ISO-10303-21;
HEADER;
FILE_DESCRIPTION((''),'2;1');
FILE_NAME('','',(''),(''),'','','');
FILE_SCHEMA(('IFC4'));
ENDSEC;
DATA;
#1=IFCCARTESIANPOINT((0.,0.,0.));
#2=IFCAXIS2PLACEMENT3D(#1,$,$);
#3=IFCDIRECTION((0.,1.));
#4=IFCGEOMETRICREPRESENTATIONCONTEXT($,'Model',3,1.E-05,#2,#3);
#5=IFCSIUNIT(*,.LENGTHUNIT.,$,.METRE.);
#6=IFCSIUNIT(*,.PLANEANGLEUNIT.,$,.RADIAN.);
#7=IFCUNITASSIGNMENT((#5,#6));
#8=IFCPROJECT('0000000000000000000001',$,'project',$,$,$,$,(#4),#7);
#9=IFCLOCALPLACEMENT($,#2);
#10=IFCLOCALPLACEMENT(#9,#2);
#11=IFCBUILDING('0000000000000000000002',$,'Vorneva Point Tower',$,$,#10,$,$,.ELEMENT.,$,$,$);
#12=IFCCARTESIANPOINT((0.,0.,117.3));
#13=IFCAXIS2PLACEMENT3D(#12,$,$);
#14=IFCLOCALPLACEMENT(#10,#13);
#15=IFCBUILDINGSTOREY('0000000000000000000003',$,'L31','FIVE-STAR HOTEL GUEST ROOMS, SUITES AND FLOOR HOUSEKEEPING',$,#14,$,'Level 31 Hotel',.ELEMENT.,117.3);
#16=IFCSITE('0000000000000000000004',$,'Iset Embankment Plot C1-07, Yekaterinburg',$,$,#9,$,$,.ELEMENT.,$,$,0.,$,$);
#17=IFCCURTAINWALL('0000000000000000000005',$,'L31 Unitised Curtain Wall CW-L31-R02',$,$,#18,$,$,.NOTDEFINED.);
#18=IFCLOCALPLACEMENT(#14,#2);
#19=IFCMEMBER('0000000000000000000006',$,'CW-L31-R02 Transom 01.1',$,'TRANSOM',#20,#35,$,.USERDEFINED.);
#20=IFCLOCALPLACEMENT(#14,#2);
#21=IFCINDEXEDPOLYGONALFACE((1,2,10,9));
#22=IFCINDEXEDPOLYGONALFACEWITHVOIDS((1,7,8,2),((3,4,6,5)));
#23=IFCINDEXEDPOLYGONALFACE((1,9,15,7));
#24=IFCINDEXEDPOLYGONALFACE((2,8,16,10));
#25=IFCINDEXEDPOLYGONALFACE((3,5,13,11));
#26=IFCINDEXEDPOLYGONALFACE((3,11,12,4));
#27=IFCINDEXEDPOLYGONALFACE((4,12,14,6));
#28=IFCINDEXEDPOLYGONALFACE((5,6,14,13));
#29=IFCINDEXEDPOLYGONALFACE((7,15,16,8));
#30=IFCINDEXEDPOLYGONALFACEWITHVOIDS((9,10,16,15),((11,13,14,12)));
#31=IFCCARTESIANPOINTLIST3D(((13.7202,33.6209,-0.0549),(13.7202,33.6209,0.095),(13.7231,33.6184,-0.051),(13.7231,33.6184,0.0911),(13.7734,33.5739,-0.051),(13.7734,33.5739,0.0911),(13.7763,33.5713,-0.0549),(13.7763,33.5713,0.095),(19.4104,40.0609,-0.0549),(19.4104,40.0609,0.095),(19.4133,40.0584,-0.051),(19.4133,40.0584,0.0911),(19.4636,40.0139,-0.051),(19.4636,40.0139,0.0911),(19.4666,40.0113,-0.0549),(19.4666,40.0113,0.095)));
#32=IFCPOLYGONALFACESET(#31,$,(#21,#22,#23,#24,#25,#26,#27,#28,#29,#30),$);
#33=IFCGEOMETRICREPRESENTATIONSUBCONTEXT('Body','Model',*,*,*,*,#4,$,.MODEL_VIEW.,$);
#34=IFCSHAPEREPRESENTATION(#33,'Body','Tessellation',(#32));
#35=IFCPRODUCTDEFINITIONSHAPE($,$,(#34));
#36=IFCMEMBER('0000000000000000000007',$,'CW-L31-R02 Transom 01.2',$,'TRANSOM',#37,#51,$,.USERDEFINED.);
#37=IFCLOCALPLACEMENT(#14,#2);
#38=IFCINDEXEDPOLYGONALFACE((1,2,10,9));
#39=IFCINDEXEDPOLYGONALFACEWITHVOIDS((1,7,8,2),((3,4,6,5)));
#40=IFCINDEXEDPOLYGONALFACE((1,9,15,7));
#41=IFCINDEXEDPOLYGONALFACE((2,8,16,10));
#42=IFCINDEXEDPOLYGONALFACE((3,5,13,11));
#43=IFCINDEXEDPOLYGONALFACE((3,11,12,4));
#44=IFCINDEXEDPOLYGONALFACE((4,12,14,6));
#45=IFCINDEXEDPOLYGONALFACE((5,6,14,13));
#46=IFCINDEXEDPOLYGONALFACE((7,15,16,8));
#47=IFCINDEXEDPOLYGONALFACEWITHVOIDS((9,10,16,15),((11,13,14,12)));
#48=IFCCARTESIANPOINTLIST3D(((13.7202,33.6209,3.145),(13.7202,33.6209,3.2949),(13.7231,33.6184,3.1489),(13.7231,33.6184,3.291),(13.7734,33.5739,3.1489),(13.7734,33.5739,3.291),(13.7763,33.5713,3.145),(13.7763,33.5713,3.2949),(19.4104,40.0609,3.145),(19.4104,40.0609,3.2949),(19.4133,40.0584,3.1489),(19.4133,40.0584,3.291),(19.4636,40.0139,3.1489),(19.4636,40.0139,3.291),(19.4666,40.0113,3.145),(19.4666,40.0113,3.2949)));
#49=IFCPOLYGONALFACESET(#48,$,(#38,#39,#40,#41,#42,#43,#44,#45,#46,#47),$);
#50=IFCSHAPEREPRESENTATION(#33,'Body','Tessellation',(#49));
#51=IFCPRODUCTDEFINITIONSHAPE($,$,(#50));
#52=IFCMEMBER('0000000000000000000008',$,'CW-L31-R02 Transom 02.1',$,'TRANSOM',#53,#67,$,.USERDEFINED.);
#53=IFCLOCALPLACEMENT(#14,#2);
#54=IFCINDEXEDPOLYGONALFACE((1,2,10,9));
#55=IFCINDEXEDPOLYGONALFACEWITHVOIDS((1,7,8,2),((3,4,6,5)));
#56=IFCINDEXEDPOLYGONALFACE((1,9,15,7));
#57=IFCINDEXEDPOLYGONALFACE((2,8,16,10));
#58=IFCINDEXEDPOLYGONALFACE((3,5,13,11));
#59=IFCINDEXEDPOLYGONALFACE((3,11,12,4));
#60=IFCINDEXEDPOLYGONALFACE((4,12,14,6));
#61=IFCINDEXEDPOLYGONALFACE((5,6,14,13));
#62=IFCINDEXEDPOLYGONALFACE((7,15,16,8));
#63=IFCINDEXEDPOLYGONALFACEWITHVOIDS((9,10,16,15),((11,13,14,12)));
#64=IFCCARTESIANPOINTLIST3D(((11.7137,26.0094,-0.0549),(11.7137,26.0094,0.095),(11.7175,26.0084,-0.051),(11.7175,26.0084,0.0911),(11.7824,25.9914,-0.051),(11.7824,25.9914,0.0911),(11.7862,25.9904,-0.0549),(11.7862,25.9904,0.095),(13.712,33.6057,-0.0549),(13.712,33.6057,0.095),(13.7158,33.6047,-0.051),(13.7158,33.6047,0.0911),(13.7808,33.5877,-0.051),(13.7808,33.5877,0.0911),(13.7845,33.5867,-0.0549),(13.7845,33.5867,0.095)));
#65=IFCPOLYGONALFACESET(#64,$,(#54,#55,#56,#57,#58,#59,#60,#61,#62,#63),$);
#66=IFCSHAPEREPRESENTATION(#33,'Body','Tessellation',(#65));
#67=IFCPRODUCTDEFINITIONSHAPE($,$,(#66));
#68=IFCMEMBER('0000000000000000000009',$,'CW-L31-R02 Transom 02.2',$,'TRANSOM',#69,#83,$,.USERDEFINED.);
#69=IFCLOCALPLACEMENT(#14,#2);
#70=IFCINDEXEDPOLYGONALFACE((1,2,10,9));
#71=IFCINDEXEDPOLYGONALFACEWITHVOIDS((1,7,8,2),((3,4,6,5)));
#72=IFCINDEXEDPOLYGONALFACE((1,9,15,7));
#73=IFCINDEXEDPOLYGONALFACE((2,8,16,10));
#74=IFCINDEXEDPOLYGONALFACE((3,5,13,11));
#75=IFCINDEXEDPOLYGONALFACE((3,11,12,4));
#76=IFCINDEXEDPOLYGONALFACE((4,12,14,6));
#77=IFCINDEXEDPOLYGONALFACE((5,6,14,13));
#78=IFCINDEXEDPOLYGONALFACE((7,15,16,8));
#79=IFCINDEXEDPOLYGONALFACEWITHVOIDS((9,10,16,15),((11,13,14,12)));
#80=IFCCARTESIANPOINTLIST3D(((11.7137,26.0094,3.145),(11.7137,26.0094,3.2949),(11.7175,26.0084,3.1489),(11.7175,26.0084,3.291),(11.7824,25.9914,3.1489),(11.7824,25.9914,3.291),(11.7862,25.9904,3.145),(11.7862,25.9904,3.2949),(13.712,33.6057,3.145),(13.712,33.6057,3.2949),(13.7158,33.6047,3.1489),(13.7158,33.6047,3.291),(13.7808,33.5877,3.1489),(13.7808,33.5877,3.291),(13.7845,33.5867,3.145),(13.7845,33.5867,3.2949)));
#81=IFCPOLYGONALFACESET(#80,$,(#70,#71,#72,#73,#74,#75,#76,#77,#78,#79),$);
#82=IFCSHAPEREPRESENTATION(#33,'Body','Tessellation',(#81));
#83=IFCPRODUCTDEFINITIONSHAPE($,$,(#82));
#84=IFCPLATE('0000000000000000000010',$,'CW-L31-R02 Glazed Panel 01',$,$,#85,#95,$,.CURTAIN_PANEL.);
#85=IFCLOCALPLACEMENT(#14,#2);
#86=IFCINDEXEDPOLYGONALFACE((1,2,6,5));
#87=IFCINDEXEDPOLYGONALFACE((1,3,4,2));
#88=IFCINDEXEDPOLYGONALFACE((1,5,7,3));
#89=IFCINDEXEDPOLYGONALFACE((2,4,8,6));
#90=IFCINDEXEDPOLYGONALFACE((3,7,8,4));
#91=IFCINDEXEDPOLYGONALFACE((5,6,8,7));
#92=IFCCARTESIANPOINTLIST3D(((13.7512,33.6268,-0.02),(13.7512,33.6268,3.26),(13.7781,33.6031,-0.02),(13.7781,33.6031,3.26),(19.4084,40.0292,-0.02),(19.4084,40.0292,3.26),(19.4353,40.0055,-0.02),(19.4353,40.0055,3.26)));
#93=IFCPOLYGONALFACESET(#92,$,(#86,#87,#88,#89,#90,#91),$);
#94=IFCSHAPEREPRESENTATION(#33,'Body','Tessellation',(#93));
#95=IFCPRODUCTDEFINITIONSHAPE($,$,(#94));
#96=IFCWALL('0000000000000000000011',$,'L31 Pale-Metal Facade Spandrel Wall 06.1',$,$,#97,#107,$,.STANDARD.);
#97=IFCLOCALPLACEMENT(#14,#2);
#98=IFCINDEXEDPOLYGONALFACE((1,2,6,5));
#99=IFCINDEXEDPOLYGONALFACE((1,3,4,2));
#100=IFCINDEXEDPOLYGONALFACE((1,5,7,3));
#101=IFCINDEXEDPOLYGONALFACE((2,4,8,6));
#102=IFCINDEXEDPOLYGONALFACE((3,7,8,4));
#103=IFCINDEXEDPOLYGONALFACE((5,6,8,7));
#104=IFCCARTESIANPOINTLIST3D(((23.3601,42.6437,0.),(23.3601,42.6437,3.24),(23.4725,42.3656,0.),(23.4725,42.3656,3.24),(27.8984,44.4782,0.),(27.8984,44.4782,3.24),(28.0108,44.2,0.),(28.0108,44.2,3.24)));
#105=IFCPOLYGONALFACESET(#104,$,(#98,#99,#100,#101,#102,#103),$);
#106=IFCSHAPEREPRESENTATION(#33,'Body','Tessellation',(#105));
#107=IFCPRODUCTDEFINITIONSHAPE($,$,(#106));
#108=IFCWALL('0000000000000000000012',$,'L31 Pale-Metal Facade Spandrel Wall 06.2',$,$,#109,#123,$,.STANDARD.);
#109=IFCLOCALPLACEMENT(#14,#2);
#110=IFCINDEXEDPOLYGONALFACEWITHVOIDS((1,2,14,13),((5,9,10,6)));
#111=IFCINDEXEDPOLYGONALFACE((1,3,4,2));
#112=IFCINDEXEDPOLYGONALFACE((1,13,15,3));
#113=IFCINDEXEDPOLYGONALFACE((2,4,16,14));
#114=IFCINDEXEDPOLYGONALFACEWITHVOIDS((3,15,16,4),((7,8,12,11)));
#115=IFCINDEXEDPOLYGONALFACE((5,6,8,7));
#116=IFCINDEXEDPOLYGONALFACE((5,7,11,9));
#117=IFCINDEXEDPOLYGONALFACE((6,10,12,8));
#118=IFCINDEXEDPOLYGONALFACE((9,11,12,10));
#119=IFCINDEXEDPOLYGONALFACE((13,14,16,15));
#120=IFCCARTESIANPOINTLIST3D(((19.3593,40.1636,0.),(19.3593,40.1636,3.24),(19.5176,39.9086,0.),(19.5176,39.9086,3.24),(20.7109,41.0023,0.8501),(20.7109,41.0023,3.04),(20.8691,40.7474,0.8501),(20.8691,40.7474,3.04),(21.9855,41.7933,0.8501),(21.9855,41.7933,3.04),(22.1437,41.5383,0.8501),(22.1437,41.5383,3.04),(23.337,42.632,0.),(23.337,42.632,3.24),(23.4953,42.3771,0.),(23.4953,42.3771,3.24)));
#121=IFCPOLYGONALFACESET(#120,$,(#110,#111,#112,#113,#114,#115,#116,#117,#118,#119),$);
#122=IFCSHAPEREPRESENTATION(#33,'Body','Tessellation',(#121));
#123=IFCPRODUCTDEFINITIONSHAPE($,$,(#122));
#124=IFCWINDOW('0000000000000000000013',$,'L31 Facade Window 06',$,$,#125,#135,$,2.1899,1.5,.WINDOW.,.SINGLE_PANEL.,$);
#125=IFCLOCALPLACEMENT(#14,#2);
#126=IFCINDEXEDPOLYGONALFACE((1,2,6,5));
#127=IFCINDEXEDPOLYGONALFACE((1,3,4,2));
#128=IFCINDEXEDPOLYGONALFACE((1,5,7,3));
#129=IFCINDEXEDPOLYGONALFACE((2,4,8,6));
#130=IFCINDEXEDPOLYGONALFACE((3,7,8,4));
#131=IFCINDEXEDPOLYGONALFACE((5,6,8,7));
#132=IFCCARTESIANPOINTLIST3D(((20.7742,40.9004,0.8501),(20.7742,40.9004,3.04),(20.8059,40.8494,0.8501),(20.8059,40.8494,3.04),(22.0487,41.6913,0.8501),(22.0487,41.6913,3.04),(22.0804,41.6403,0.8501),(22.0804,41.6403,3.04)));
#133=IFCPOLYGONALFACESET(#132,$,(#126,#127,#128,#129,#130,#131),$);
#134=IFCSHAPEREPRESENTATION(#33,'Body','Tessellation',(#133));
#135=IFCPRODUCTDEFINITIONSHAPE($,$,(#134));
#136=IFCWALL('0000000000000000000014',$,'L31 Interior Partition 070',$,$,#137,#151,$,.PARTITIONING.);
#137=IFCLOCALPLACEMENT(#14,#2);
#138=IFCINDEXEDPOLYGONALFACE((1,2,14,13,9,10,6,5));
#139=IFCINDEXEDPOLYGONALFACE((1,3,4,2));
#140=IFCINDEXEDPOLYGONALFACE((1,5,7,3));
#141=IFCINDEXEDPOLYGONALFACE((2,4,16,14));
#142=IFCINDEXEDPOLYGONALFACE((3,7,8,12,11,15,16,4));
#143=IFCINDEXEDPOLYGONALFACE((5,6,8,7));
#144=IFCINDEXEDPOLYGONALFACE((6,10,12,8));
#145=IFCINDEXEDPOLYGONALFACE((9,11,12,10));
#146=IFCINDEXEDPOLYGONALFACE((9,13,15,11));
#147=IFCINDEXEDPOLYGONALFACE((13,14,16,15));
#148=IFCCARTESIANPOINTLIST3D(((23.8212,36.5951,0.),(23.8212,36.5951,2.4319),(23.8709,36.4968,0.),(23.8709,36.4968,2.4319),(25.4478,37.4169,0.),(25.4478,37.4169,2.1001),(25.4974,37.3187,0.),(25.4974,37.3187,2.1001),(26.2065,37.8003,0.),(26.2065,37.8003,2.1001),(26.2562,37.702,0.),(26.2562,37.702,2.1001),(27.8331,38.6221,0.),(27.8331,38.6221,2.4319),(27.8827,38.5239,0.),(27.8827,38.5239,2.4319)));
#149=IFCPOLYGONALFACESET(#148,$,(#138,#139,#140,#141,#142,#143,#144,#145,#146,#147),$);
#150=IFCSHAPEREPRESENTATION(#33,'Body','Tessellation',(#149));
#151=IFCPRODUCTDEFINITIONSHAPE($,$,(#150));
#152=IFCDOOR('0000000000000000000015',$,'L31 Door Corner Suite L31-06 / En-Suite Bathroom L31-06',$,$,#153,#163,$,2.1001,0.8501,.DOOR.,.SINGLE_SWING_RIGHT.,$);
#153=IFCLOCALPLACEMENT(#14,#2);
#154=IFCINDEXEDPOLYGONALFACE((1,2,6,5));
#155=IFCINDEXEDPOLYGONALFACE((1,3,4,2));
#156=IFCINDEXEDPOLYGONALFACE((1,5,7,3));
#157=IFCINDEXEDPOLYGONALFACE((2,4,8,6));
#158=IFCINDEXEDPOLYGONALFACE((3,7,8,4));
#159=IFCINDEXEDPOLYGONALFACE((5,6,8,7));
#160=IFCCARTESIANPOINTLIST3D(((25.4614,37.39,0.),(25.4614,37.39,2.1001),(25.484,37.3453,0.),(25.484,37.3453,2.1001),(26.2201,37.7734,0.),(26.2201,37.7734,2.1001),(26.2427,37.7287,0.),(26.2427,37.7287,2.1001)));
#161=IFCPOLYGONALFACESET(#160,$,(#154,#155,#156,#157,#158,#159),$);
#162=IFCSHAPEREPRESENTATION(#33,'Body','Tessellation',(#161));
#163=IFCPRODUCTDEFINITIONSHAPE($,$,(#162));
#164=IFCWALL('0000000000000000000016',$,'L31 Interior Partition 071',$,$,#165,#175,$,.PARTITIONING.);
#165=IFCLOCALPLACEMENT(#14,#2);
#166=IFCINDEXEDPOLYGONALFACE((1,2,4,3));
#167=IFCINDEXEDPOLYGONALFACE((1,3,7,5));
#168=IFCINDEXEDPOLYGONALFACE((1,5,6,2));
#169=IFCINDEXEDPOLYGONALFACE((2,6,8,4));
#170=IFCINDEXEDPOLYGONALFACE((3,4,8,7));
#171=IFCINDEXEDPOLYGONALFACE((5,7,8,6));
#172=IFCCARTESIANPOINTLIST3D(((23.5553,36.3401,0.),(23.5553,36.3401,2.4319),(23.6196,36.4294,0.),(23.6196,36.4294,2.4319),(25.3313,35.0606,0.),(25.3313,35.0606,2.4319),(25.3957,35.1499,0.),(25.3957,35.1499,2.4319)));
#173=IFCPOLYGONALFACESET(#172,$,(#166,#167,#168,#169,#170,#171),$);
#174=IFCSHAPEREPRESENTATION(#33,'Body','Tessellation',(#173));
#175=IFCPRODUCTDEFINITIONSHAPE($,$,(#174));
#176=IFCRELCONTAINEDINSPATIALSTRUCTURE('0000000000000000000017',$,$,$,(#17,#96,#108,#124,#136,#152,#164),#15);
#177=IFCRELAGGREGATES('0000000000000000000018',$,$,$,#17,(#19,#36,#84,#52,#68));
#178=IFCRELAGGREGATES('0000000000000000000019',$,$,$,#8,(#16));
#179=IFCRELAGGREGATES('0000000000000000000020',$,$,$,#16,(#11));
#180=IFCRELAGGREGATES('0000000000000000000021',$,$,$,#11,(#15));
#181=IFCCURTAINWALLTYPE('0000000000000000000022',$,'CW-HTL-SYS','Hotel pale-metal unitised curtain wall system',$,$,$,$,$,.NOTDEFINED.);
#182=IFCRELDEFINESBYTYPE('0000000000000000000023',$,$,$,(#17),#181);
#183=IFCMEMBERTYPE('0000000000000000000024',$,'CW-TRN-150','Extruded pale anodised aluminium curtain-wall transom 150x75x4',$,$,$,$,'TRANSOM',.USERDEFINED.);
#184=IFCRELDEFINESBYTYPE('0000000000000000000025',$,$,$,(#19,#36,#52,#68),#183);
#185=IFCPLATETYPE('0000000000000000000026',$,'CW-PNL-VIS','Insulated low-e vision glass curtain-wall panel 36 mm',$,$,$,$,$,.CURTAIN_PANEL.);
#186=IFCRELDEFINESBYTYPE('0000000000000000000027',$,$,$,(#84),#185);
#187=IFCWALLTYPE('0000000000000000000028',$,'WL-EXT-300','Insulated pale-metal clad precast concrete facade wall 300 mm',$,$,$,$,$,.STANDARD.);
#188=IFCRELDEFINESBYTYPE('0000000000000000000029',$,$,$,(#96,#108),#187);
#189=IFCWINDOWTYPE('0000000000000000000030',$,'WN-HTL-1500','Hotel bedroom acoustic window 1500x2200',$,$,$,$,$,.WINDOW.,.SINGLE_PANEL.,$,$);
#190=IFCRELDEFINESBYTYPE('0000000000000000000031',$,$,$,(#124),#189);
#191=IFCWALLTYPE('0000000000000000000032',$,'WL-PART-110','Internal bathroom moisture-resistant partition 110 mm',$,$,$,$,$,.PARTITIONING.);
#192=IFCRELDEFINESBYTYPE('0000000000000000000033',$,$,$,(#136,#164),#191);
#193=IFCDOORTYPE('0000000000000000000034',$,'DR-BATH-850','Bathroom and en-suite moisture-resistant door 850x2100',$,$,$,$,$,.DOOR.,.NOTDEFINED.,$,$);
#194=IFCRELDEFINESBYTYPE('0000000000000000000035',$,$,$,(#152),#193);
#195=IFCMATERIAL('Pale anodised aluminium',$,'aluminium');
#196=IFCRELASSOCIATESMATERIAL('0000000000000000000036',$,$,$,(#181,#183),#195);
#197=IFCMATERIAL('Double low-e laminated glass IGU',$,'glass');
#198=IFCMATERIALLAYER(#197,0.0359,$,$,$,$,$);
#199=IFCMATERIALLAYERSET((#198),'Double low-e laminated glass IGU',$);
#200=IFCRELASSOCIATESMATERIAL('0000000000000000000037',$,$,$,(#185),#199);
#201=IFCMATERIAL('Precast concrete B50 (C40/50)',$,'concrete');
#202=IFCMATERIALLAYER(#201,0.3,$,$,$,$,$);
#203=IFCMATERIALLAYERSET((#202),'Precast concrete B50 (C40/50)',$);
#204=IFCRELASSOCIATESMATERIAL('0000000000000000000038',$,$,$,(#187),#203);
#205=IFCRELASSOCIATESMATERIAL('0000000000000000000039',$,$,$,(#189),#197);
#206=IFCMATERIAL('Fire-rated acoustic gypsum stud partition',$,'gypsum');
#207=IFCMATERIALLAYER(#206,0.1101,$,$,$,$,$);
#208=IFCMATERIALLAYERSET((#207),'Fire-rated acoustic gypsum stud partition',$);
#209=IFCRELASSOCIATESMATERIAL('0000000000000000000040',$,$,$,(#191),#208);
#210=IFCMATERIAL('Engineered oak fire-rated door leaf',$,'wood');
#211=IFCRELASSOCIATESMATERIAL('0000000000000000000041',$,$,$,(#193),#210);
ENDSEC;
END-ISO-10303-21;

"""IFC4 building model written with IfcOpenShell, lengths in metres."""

from ifc_helpers import new_model, si_unit, direction, frame, frame_2d, origin, origin_2d, place, context, subcontext, project, spatial, rectangle, hollow_rectangle, extrude, material, layer, layer_set, material_profile, profile_set, type_object, element, fill, aggregate, save


model = new_model("IFC4")

# Units and contexts
model_context = context("Model", 3, precision=1e-05, world=origin(), true_north=direction((0.0, 1.0)))
body_context = subcontext(model_context, "Body", "Model", "MODEL_VIEW")
ifc_project = project(units=[si_unit("LENGTHUNIT", "METRE"), si_unit("PLANEANGLEUNIT", "RADIAN")], contexts=[model_context])

# Site, building, storey
site_placement = place(None, origin())
site = spatial("IfcSite", under=ifc_project, at=site_placement, Name="Iset Embankment Plot C1-07, Yekaterinburg", CompositionType="ELEMENT", RefElevation=0.0)
building_placement = place(site_placement, origin())
building = spatial("IfcBuilding", under=site, at=building_placement, Name="Vorneva Point Tower", CompositionType="ELEMENT")
storey_placement = place(building_placement, frame((0.0, 0.0, 117.3)))
storey = spatial("IfcBuildingStorey", under=building, at=storey_placement, Name="L31", Description="FIVE-STAR HOTEL GUEST ROOMS, SUITES AND FLOOR HOUSEKEEPING", LongName="Level 31 Hotel", CompositionType="ELEMENT", Elevation=117.3)

# Shared definitions
ifc_material_1 = material(Name="Pale anodised aluminium", Category="aluminium")
curtain_wall_type = type_object("IfcCurtainWallType", Name="CW-HTL-SYS", Description="Hotel pale-metal unitised curtain wall system", PredefinedType="NOTDEFINED", material=ifc_material_1)

# Curtain wall, members, plate
curtain_wall_1_placement = place(storey_placement, origin())
curtain_wall_1 = element("IfcCurtainWall", 1, at=curtain_wall_1_placement, inside=storey, type_object=curtain_wall_type, Name="L31 Unitised Curtain Wall CW-L31-R02", PredefinedType="NOTDEFINED")
ifc_material_profile_1 = material_profile(ifc_material_1, hollow_rectangle(XDim=0.075, YDim=0.1499, WallThickness=0.0039, at=origin_2d()), Name="AL-TRN 150x75x4")
ifc_profile_set_1 = profile_set([ifc_material_profile_1], Name="Pale anodised aluminium")
member_type_1 = type_object("IfcMemberType", Name="CW-TRN-150", Description="Extruded pale anodised aluminium curtain-wall transom 150x75x4", ElementType="TRANSOM", PredefinedType="USERDEFINED", material=ifc_profile_set_1)
member_1_placement = place(storey_placement, frame((19.4385, 40.0361, 0.02), z_axis=(-0.662137, -0.749383, 0.0), x_axis=(0.749383, -0.662137, 0.0)))
member_1 = element("IfcMember", 2, at=member_1_placement, type_object=member_type_1, Name="CW-L31-R02 Transom 01.1", ObjectType="TRANSOM", PredefinedType="USERDEFINED", context=body_context, shape_type="SweptSolid", body=[
    extrude(hollow_rectangle(XDim=0.075, YDim=0.1499, WallThickness=0.0039, at=origin_2d()), origin(), (0.0, 0.0, 1.0), 8.5938),
])
member_2_placement = place(storey_placement, frame((19.4385, 40.0361, 3.22), z_axis=(-0.662137, -0.749383, 0.0), x_axis=(0.749383, -0.662137, 0.0)))
member_2 = element("IfcMember", 3, at=member_2_placement, type_object=member_type_1, Name="CW-L31-R02 Transom 01.2", ObjectType="TRANSOM", PredefinedType="USERDEFINED", context=body_context, shape_type="SweptSolid", body=[
    extrude(hollow_rectangle(XDim=0.075, YDim=0.1499, WallThickness=0.0039, at=origin_2d()), origin(), (0.0, 0.0, 1.0), 8.5938),
])
member_3_placement = place(storey_placement, frame((13.7483, 33.5962, 0.02), z_axis=(-0.254409, -0.967097, 0.0), x_axis=(0.967097, -0.254409, 0.0)))
member_3 = element("IfcMember", 4, at=member_3_placement, type_object=member_type_1, Name="CW-L31-R02 Transom 02.1", ObjectType="TRANSOM", PredefinedType="USERDEFINED", context=body_context, shape_type="SweptSolid", body=[
    extrude(hollow_rectangle(XDim=0.075, YDim=0.1499, WallThickness=0.0039, at=origin_2d()), origin(), (0.0, 0.0, 1.0), 7.8547),
])
member_4_placement = place(storey_placement, frame((13.7483, 33.5962, 3.22), z_axis=(-0.254409, -0.967097, 0.0), x_axis=(0.967097, -0.254409, 0.0)))
member_4 = element("IfcMember", 5, at=member_4_placement, type_object=member_type_1, Name="CW-L31-R02 Transom 02.2", ObjectType="TRANSOM", PredefinedType="USERDEFINED", context=body_context, shape_type="SweptSolid", body=[
    extrude(hollow_rectangle(XDim=0.075, YDim=0.1499, WallThickness=0.0039, at=origin_2d()), origin(), (0.0, 0.0, 1.0), 7.8547),
])
ifc_material_2 = material(Name="Double low-e laminated glass IGU", Category="glass")
ifc_layer_1 = layer(ifc_material_2, 0.0359)
ifc_layer_set_1 = layer_set([ifc_layer_1], Name="Double low-e laminated glass IGU")
plate_type = type_object("IfcPlateType", Name="CW-PNL-VIS", Description="Insulated low-e vision glass curtain-wall panel 36 mm", PredefinedType="CURTAIN_PANEL", material=ifc_layer_set_1)
plate_placement = place(storey_placement, frame((16.5933, 36.8162, -0.02), z_axis=(0.0, 0.0, 1.0), x_axis=(-0.662149, -0.749372, 0.0)))
plate = element("IfcPlate", 6, at=plate_placement, type_object=plate_type, Name="CW-L31-R02 Glazed Panel 01", PredefinedType="CURTAIN_PANEL", context=body_context, shape_type="SweptSolid", body=[
    extrude(rectangle(XDim=8.5437, YDim=0.0359, at=origin_2d()), origin(), (0.0, 0.0, 1.0), 3.28),
])
aggregate(curtain_wall_1, [member_1, member_2, plate, member_3, member_4])

# Wall
ifc_material_3 = material(Name="Precast concrete B50 (C40/50)", Category="concrete")
ifc_layer_2 = layer(ifc_material_3, 0.3)
ifc_layer_set_2 = layer_set([ifc_layer_2], Name="Precast concrete B50 (C40/50)")
wall_type_1 = type_object("IfcWallType", Name="WL-EXT-300", Description="Insulated pale-metal clad precast concrete facade wall 300 mm", PredefinedType="STANDARD", material=ifc_layer_set_2)
wall_1_placement = place(storey_placement, frame((27.9546, 44.3391, 0.0), z_axis=(0.0, 0.0, 1.0), x_axis=(-0.927122, -0.374759, 0.0)))
element("IfcWall", 7, at=wall_1_placement, inside=storey, type_object=wall_type_1, Name="L31 Pale-Metal Facade Spandrel Wall 06.1", PredefinedType="STANDARD", context=body_context, shape_type="SweptSolid", body=[
    extrude(rectangle(XDim=4.895, YDim=0.3, at=frame_2d((2.4475, 0.0))), origin(), (0.0, 0.0, 1.0), 3.24),
])

# Wall, opening, window
wall_2_placement = place(storey_placement, frame((23.4163, 42.5046, 0.0), z_axis=(0.0, 0.0, 1.0), x_axis=(-0.849684, -0.527291, 0.0)))
wall_2 = element("IfcWall", 8, at=wall_2_placement, inside=storey, type_object=wall_type_1, Name="L31 Pale-Metal Facade Spandrel Wall 06.2", PredefinedType="STANDARD", context=body_context, shape_type="SweptSolid", body=[
    extrude(rectangle(XDim=4.6814, YDim=0.3, at=frame_2d((2.3408, 0.0))), origin(), (0.0, 0.0, 1.0), 3.24),
])
opening_1_placement = place(wall_2_placement, frame((1.5908, 0.0, 0.8501)))
opening_1 = element("IfcOpeningElement", 9, at=opening_1_placement, cuts=wall_2, PredefinedType="OPENING", context=body_context, shape_type="SweptSolid", body=[
    extrude(rectangle(XDim=1.5, YDim=2.1899, at=frame_2d((0.75, 1.095))), frame((0.0, 0.165, 0.0), z_axis=(0.0, -1.0, 0.0), x_axis=(1.0, 0.0, 0.0)), (0.0, 0.0, 1.0), 0.3298),
])
window_type = type_object("IfcWindowType", Name="WN-HTL-1500", Description="Hotel bedroom acoustic window 1500x2200", PartitioningType="SINGLE_PANEL", PredefinedType="WINDOW", material=ifc_material_2)
window_placement = place(opening_1_placement, origin())
window = element("IfcWindow", 10, at=window_placement, inside=storey, type_object=window_type, Name="L31 Facade Window 06", OverallHeight=2.1899, OverallWidth=1.5, PartitioningType="SINGLE_PANEL", PredefinedType="WINDOW", context=body_context, shape_type="SweptSolid", body=[
    extrude(rectangle(XDim=1.5, YDim=2.1899, at=frame_2d((0.75, 1.095))), frame((0.0, 0.03, 0.0), z_axis=(0.0, -1.0, 0.0), x_axis=(1.0, 0.0, 0.0)), (0.0, 0.0, 1.0), 0.0601),
])
fill(opening_1, window)

# Wall, opening, door
ifc_material_4 = material(Name="Fire-rated acoustic gypsum stud partition", Category="gypsum")
ifc_layer_3 = layer(ifc_material_4, 0.1101)
ifc_layer_set_3 = layer_set([ifc_layer_3], Name="Fire-rated acoustic gypsum stud partition")
wall_type_2 = type_object("IfcWallType", Name="WL-PART-110", Description="Internal bathroom moisture-resistant partition 110 mm", PredefinedType="PARTITIONING", material=ifc_layer_set_3)
wall_3_placement = place(storey_placement, frame((23.8459, 36.5459, 0.0), z_axis=(0.0, 0.0, 1.0), x_axis=(0.89254, 0.450968, 0.0)))
wall_3 = element("IfcWall", 11, at=wall_3_placement, inside=storey, type_object=wall_type_2, Name="L31 Interior Partition 070", PredefinedType="PARTITIONING", context=body_context, shape_type="SweptSolid", body=[
    extrude(rectangle(XDim=4.4949, YDim=0.1101, at=frame_2d((2.2476, 0.0))), origin(), (0.0, 0.0, 1.0), 2.4319),
])
opening_2_placement = place(wall_3_placement, frame((1.8225, 0.0, 0.0)))
opening_2 = element("IfcOpeningElement", 12, at=opening_2_placement, cuts=wall_3, PredefinedType="OPENING", context=body_context, shape_type="SweptSolid", body=[
    extrude(rectangle(XDim=0.8501, YDim=2.1001, at=frame_2d((0.425, 1.05))), frame((0.0, 0.0698, 0.0), z_axis=(0.0, -1.0, 0.0), x_axis=(1.0, 0.0, 0.0)), (0.0, 0.0, 1.0), 0.1399),
])
ifc_material_5 = material(Name="Engineered oak fire-rated door leaf", Category="wood")
door_type_1 = type_object("IfcDoorType", Name="DR-BATH-850", Description="Bathroom and en-suite moisture-resistant door 850x2100", OperationType="NOTDEFINED", PredefinedType="DOOR", material=ifc_material_5)
door_1_placement = place(opening_2_placement, origin())
door_1 = element("IfcDoor", 13, at=door_1_placement, inside=storey, type_object=door_type_1, Name="L31 Door Corner Suite L31-06 / En-Suite Bathroom L31-06", OperationType="SINGLE_SWING_RIGHT", OverallHeight=2.1001, OverallWidth=0.8501, PredefinedType="DOOR", context=body_context, shape_type="SweptSolid", body=[
    extrude(rectangle(XDim=0.8501, YDim=2.1001, at=frame_2d((0.425, 1.05))), frame((0.0, 0.0249, 0.0), z_axis=(0.0, -1.0, 0.0), x_axis=(1.0, 0.0, 0.0)), (0.0, 0.0, 1.0), 0.05),
])
fill(opening_2, door_1)

# Wall
wall_4_placement = place(storey_placement, frame((25.3635, 35.1052, 0.0), z_axis=(0.0, 0.0, 1.0), x_axis=(-0.811376, 0.584525, 0.0)))
element("IfcWall", 14, at=wall_4_placement, inside=storey, type_object=wall_type_2, Name="L31 Interior Partition 071", PredefinedType="PARTITIONING", context=body_context, shape_type="SweptSolid", body=[
    extrude(rectangle(XDim=2.189, YDim=0.1101, at=frame_2d((1.0945, 0.0))), origin(), (0.0, 0.0, 1.0), 2.4319),
])

save(model, "model.ifc")
